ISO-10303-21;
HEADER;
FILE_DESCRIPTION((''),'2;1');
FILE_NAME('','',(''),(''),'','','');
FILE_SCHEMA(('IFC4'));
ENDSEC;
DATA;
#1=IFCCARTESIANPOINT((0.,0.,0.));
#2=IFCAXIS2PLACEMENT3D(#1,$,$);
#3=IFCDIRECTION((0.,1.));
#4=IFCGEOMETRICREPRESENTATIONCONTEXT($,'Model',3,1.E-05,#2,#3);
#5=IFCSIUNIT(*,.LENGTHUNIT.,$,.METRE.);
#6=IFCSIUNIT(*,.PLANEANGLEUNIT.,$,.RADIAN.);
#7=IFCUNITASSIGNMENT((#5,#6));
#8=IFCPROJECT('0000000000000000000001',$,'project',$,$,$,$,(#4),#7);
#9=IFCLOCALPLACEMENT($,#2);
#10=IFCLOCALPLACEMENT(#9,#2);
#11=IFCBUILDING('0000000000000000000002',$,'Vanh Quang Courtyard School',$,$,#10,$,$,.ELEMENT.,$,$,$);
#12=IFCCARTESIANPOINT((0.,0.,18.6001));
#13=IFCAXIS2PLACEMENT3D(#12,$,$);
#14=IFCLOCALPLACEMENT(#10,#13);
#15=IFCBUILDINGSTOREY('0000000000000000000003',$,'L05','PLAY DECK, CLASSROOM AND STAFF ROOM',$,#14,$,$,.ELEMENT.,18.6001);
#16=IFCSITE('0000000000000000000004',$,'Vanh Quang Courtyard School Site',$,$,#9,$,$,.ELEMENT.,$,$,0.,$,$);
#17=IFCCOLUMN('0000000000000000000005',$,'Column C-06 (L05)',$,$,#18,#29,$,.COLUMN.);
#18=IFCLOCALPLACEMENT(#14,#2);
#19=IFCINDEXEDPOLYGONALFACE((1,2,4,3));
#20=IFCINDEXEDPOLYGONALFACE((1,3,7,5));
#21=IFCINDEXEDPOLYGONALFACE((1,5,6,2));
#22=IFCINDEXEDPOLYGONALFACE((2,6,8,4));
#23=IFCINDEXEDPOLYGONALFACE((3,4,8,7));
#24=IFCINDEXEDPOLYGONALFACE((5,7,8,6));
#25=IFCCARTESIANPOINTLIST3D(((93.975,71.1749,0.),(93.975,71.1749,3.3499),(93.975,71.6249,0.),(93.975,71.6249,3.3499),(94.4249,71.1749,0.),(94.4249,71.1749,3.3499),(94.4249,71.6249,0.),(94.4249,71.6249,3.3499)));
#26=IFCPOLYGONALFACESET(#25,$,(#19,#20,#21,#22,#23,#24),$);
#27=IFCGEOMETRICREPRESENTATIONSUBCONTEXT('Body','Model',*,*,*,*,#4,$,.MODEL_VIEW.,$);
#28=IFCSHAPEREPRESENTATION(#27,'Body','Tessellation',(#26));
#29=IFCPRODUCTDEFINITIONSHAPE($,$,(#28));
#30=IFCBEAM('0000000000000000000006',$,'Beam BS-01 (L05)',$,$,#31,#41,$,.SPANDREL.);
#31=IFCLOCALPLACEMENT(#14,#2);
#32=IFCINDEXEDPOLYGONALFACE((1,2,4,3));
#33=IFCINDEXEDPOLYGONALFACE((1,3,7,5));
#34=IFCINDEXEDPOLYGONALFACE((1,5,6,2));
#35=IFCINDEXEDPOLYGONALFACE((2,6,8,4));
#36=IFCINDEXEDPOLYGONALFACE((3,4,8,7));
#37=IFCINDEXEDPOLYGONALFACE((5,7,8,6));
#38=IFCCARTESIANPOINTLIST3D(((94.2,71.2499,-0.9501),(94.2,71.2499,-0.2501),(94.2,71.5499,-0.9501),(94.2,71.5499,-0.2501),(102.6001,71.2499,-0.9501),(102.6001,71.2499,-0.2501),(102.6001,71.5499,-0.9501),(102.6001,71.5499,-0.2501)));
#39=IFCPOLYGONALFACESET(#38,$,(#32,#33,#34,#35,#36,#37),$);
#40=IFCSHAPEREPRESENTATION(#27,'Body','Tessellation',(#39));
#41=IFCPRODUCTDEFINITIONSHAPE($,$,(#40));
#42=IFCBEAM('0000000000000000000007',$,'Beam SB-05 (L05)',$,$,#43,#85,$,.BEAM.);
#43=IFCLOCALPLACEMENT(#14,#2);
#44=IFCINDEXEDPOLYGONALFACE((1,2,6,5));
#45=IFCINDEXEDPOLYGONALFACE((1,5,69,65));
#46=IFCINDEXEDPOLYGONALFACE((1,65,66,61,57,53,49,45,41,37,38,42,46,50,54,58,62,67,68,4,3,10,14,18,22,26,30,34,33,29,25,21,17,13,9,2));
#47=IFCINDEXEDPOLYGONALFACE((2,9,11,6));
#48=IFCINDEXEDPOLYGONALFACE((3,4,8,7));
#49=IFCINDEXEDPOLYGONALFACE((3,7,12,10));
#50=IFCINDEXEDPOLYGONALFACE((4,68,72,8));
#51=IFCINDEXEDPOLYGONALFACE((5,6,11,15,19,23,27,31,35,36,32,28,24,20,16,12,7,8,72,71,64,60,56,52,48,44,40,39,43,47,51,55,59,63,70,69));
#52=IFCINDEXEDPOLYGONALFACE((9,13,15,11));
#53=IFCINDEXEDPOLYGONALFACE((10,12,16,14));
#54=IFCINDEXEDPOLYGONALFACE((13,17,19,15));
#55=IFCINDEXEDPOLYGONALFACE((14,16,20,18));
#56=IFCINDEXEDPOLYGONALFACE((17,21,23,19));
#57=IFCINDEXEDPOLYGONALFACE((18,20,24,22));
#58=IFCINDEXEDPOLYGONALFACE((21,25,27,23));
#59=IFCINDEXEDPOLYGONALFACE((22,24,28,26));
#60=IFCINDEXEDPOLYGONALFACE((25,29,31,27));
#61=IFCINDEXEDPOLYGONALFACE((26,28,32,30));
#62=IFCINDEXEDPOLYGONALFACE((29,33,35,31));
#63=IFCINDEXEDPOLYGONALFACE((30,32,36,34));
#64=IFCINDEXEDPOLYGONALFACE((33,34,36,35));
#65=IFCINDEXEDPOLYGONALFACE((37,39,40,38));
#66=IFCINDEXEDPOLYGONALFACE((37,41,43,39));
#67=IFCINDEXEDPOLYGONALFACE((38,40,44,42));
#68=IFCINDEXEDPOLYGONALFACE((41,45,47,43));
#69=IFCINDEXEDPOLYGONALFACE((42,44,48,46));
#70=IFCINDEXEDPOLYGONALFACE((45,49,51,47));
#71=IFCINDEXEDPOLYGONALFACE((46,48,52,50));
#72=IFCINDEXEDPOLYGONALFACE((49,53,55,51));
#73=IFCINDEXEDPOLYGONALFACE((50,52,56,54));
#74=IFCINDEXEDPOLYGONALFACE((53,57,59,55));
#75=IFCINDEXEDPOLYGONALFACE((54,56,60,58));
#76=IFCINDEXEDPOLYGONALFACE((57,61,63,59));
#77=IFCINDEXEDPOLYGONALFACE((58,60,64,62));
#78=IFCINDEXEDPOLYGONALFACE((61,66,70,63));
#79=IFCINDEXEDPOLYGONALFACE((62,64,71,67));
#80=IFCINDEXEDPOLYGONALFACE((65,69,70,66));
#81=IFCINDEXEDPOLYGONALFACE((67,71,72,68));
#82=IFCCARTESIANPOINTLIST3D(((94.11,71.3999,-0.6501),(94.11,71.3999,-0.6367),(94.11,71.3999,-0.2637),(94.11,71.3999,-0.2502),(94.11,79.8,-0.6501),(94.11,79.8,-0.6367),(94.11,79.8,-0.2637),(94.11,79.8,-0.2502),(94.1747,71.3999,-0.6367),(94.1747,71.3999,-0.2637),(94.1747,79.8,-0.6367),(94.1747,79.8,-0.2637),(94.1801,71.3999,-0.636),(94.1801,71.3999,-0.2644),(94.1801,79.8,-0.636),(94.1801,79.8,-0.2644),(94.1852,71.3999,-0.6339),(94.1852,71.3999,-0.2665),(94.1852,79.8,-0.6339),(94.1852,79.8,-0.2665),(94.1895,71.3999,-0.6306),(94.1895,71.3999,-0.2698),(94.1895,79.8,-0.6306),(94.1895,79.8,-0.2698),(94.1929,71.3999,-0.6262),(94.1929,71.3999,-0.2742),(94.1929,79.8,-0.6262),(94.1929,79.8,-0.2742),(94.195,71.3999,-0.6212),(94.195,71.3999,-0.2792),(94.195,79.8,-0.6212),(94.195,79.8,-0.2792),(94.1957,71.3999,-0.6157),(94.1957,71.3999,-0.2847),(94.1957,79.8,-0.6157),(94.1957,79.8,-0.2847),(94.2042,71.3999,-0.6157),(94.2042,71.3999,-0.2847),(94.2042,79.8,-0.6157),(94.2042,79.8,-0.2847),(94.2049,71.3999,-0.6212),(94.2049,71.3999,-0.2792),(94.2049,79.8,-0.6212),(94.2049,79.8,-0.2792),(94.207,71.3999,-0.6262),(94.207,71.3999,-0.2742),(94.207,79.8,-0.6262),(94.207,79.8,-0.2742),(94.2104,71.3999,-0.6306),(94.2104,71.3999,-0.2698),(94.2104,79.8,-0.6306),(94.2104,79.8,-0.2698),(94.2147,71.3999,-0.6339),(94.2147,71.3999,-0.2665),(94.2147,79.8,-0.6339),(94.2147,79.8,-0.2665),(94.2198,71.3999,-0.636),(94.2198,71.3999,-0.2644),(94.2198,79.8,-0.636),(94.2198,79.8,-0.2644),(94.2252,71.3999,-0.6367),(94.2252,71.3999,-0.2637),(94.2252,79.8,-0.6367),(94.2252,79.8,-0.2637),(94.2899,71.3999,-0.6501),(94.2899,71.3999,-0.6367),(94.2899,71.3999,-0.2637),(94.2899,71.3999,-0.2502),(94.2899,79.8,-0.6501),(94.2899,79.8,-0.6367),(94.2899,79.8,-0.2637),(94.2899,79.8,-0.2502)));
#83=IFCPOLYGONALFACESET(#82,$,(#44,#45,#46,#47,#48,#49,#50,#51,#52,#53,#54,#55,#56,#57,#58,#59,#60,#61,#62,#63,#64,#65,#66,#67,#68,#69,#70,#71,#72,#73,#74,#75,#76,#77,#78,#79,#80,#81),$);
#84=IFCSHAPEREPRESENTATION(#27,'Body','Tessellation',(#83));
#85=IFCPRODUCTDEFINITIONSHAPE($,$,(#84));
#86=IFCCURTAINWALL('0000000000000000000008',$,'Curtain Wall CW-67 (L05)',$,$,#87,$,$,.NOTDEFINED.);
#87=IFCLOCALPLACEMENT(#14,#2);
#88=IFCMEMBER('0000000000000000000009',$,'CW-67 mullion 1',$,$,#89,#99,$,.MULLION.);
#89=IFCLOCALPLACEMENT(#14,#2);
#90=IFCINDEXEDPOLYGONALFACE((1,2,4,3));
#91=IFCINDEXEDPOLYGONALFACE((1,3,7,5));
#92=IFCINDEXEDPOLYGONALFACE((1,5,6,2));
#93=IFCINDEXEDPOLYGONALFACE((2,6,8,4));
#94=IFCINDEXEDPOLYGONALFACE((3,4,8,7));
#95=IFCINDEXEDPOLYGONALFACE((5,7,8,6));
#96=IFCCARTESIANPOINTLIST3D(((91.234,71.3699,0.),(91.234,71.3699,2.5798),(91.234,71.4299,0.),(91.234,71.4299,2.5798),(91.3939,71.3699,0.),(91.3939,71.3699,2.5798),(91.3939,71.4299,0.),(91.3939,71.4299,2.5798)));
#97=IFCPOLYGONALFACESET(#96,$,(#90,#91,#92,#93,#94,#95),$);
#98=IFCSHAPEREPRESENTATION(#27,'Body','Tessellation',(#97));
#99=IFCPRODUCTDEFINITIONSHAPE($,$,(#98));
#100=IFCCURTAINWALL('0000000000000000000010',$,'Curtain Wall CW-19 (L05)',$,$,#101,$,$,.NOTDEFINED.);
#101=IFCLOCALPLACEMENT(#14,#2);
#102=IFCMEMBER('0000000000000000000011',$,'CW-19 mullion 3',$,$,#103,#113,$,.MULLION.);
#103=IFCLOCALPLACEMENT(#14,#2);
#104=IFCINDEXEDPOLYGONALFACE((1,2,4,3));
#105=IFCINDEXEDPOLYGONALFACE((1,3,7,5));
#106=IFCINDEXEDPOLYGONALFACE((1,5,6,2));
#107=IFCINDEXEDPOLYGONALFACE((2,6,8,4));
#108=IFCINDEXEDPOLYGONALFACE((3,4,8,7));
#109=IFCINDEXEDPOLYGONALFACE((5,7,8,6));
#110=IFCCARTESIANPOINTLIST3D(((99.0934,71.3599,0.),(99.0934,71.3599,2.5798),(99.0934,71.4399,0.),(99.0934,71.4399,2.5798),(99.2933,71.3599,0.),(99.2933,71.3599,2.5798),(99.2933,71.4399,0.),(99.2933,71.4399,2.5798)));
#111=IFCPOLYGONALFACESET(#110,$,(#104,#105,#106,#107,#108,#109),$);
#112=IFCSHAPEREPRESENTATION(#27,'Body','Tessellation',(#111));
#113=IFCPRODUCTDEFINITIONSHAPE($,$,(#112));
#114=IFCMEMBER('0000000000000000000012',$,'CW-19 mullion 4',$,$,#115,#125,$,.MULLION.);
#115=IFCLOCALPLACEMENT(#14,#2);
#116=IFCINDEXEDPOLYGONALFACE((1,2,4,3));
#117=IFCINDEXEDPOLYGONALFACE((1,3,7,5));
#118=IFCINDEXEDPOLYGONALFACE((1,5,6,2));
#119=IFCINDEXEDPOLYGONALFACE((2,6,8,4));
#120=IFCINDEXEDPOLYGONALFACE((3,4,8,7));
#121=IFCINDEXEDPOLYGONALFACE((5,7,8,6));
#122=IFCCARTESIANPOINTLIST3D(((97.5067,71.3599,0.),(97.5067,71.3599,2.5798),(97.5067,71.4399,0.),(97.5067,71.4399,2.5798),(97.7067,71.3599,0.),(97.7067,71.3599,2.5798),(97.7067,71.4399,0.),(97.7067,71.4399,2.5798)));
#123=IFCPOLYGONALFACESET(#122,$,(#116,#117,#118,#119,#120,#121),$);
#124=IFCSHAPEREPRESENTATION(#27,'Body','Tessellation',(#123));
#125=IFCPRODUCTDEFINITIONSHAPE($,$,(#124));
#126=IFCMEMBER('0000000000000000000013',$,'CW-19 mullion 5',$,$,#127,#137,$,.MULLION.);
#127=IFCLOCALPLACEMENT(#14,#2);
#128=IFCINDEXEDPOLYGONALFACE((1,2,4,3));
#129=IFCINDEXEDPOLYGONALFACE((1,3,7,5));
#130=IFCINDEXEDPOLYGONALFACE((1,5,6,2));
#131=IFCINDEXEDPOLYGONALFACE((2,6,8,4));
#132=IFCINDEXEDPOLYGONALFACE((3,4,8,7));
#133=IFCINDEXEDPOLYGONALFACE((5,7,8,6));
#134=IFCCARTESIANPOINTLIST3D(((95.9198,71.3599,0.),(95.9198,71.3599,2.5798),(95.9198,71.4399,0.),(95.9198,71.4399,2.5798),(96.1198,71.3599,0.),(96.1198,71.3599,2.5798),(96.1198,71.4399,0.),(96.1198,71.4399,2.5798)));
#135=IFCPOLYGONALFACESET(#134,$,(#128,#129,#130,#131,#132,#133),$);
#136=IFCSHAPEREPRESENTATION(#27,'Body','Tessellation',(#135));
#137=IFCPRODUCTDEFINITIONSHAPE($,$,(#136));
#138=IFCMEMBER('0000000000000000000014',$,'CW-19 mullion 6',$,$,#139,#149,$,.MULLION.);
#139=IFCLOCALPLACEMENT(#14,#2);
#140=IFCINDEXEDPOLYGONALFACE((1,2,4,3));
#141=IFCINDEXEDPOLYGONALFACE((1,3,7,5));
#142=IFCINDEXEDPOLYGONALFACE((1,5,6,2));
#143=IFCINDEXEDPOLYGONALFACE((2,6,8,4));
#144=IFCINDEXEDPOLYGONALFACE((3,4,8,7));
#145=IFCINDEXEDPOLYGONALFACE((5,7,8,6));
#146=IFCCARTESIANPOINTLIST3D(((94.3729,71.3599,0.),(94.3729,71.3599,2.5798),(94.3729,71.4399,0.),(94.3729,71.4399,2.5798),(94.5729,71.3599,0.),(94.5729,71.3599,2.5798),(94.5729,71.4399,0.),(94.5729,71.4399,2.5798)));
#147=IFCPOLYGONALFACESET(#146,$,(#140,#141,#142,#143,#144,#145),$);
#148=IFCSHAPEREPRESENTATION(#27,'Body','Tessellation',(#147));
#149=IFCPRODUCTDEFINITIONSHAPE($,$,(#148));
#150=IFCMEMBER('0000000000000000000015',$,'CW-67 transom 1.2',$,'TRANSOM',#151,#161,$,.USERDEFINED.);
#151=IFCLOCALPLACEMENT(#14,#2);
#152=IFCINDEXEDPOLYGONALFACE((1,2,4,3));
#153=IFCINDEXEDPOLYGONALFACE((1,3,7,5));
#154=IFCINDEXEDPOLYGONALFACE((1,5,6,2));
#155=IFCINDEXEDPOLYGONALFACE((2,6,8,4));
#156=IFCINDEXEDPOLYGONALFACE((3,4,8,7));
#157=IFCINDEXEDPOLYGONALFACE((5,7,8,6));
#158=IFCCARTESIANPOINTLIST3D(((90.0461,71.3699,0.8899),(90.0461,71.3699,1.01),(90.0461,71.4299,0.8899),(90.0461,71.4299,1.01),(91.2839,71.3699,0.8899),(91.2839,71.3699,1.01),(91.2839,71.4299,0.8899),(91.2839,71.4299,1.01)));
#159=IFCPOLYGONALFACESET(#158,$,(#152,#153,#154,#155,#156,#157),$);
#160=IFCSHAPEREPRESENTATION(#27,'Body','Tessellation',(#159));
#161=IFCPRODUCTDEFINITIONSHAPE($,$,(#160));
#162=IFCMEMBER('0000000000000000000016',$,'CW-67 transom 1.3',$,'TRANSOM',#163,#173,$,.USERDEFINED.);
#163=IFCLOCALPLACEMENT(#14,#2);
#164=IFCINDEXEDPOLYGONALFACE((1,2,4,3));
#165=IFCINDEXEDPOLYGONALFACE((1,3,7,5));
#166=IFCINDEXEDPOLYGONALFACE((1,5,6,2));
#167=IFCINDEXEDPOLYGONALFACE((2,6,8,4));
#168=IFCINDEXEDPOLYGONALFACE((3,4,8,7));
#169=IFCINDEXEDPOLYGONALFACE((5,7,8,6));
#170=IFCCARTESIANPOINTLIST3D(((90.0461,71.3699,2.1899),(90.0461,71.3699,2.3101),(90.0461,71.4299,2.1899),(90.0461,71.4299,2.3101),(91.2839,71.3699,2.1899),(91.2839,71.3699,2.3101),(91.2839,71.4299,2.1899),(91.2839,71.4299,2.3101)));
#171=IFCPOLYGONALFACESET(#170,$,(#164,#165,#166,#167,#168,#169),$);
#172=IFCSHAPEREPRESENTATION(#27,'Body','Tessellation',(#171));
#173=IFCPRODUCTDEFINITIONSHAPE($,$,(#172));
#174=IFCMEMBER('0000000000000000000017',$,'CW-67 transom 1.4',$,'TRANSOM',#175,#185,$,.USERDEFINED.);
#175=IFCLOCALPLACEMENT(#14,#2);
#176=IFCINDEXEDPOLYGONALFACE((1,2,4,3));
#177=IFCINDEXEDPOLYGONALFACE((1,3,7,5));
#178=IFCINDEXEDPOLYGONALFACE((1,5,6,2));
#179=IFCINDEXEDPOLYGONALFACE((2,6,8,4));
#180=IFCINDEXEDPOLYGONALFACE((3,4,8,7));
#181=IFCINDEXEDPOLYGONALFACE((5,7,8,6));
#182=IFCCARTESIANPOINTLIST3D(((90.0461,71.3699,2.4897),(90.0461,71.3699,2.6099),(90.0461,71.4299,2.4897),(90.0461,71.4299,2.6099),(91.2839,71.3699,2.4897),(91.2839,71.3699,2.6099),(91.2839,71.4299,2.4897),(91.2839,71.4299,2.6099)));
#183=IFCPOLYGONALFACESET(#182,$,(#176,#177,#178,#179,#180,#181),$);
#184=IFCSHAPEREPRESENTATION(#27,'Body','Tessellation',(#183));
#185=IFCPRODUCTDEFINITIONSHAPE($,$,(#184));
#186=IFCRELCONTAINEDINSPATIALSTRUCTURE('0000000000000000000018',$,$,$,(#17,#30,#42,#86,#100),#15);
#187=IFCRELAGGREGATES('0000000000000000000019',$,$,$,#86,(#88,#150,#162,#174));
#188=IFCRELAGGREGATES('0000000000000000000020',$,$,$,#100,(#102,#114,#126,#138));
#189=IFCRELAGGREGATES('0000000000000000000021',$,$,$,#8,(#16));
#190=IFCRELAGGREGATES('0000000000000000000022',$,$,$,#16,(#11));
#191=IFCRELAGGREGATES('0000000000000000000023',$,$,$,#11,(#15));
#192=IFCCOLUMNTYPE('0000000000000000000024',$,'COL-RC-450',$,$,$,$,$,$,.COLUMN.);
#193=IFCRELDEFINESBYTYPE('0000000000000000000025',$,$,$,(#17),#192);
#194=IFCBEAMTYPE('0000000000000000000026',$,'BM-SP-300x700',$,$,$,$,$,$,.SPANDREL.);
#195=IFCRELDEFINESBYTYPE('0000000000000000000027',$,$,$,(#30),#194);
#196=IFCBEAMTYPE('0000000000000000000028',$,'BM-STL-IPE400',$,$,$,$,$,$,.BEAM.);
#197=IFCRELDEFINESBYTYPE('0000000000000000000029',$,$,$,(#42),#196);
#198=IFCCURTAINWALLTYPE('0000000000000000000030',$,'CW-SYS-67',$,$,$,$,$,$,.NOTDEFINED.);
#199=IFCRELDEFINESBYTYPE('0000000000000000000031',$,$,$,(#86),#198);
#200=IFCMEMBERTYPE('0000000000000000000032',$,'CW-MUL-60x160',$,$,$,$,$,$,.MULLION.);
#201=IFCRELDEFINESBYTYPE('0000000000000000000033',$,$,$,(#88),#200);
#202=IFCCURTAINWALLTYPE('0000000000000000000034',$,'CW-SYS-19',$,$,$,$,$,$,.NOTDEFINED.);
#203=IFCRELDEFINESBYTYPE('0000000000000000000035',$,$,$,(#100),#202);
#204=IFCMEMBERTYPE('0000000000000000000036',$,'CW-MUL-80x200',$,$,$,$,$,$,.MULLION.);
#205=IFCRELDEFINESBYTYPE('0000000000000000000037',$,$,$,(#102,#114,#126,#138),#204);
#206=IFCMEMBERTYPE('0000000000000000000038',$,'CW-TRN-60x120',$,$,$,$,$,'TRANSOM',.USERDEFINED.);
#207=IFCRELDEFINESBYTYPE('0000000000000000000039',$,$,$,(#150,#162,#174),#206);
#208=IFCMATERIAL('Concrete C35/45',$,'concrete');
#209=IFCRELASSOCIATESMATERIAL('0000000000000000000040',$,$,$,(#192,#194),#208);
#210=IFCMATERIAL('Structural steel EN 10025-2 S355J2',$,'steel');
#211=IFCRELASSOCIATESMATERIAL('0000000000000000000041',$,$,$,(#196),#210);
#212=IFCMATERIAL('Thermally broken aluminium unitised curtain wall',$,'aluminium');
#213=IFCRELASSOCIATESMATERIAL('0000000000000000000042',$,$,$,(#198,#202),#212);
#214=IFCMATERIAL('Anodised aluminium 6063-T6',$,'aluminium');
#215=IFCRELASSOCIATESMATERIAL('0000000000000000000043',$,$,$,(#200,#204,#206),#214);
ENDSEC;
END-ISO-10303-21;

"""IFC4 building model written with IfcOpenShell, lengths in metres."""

from ifc_helpers import new_model, si_unit, direction, frame, origin, origin_2d, place, context, subcontext, project, spatial, rectangle, i_section, extrude, material, material_profile, profile_set, type_object, element, aggregate, save


model = new_model("IFC4")

# Units and contexts
model_context = context("Model", 3, precision=1e-05, world=origin(), true_north=direction((0.0, 1.0)))
body_context = subcontext(model_context, "Body", "Model", "MODEL_VIEW")
ifc_project = project(units=[si_unit("LENGTHUNIT", "METRE"), si_unit("PLANEANGLEUNIT", "RADIAN")], contexts=[model_context])

# Site, building, storey
site_placement = place(None, origin())
site = spatial("IfcSite", under=ifc_project, at=site_placement, Name="Vanh Quang Courtyard School Site", CompositionType="ELEMENT", RefElevation=0.0)
building_placement = place(site_placement, origin())
building = spatial("IfcBuilding", under=site, at=building_placement, Name="Vanh Quang Courtyard School", CompositionType="ELEMENT")
storey_placement = place(building_placement, frame((0.0, 0.0, 18.6001)))
storey = spatial("IfcBuildingStorey", under=building, at=storey_placement, Name="L05", Description="PLAY DECK, CLASSROOM AND STAFF ROOM", CompositionType="ELEMENT", Elevation=18.6001)

# Column
ifc_material_1 = material(Name="Concrete C35/45", Category="concrete")
ifc_material_profile_1 = material_profile(ifc_material_1, rectangle(XDim=0.45, YDim=0.45, at=origin_2d()), Name="RC-COL 450x450")
ifc_profile_set_1 = profile_set([ifc_material_profile_1], Name="Concrete C35/45")
column_type = type_object("IfcColumnType", Name="COL-RC-450", PredefinedType="COLUMN", material=ifc_profile_set_1)
column_placement = place(storey_placement, frame((94.2, 71.3999, 0.0), z_axis=(0.0, 0.0, 1.0), x_axis=(1.0, 0.0, 0.0)))
element("IfcColumn", 1, at=column_placement, inside=storey, type_object=column_type, Name="Column C-06 (L05)", PredefinedType="COLUMN", context=body_context, shape_type="SweptSolid", body=[
    extrude(rectangle(XDim=0.45, YDim=0.45, at=origin_2d()), origin(), (0.0, 0.0, 1.0), 3.3499),
])

# Beams
ifc_material_profile_2 = material_profile(ifc_material_1, rectangle(XDim=0.3, YDim=0.7, at=origin_2d()), Name="RC-SP 300x700")
ifc_profile_set_2 = profile_set([ifc_material_profile_2], Name="Concrete C35/45")
beam_type_1 = type_object("IfcBeamType", Name="BM-SP-300x700", PredefinedType="SPANDREL", material=ifc_profile_set_2)
beam_1_placement = place(storey_placement, frame((94.2, 71.3999, -0.6001), z_axis=(1.0, 0.0, 0.0), x_axis=(0.0, 1.0, 0.0)))
element("IfcBeam", 2, at=beam_1_placement, inside=storey, type_object=beam_type_1, Name="Beam BS-01 (L05)", PredefinedType="SPANDREL", context=body_context, shape_type="SweptSolid", body=[
    extrude(rectangle(XDim=0.3, YDim=0.7, at=origin_2d()), origin(), (0.0, 0.0, 1.0), 8.4001),
])
ifc_material_2 = material(Name="Structural steel EN 10025-2 S355J2", Category="steel")
ifc_material_profile_3 = material_profile(ifc_material_2, i_section(OverallWidth=0.1799, OverallDepth=0.3999, WebThickness=0.0085, FlangeThickness=0.0134, FilletRadius=0.021, at=origin_2d()), Name="IPE 400")
ifc_profile_set_3 = profile_set([ifc_material_profile_3], Name="Structural steel EN 10025-2 S355J2")
beam_type_2 = type_object("IfcBeamType", Name="BM-STL-IPE400", PredefinedType="BEAM", material=ifc_profile_set_3)
beam_2_placement = place(storey_placement, frame((94.2, 71.3999, -0.4502), z_axis=(0.0, 1.0, 0.0), x_axis=(-1.0, 0.0, 0.0)))
element("IfcBeam", 3, at=beam_2_placement, inside=storey, type_object=beam_type_2, Name="Beam SB-05 (L05)", PredefinedType="BEAM", context=body_context, shape_type="SweptSolid", body=[
    extrude(i_section(OverallWidth=0.1799, OverallDepth=0.3999, WebThickness=0.0085, FlangeThickness=0.0134, FilletRadius=0.021, at=origin_2d()), origin(), (0.0, 0.0, 1.0), 8.4001),
])

# Curtain wall, member
ifc_material_3 = material(Name="Thermally broken aluminium unitised curtain wall", Category="aluminium")
curtain_wall_type_1 = type_object("IfcCurtainWallType", Name="CW-SYS-67", PredefinedType="NOTDEFINED", material=ifc_material_3)
curtain_wall_1_placement = place(storey_placement, origin())
curtain_wall_1 = element("IfcCurtainWall", 4, at=curtain_wall_1_placement, inside=storey, type_object=curtain_wall_type_1, Name="Curtain Wall CW-67 (L05)", PredefinedType="NOTDEFINED")
ifc_material_4 = material(Name="Anodised aluminium 6063-T6", Category="aluminium")
ifc_material_profile_4 = material_profile(ifc_material_4, rectangle(XDim=0.0601, YDim=0.1599, at=origin_2d()), Name="ALU-MUL 60x160")
ifc_profile_set_4 = profile_set([ifc_material_profile_4], Name="Anodised aluminium 6063-T6")
member_type_1 = type_object("IfcMemberType", Name="CW-MUL-60x160", PredefinedType="MULLION", material=ifc_profile_set_4)
member_1_placement = place(storey_placement, frame((91.314, 71.3999, 0.0), z_axis=(0.0, 0.0, 1.0), x_axis=(0.0, -1.0, 0.0)))
member_1 = element("IfcMember", 5, at=member_1_placement, type_object=member_type_1, Name="CW-67 mullion 1", PredefinedType="MULLION", context=body_context, shape_type="SweptSolid", body=[
    extrude(rectangle(XDim=0.0601, YDim=0.1599, at=origin_2d()), origin(), (0.0, 0.0, 1.0), 2.5798),
])

# Curtain wall, members
curtain_wall_type_2 = type_object("IfcCurtainWallType", Name="CW-SYS-19", PredefinedType="NOTDEFINED", material=ifc_material_3)
curtain_wall_2_placement = place(storey_placement, origin())
curtain_wall_2 = element("IfcCurtainWall", 6, at=curtain_wall_2_placement, inside=storey, type_object=curtain_wall_type_2, Name="Curtain Wall CW-19 (L05)", PredefinedType="NOTDEFINED")
ifc_material_profile_5 = material_profile(ifc_material_4, rectangle(XDim=0.0801, YDim=0.2, at=origin_2d()), Name="ALU-MUL 80x200")
ifc_profile_set_5 = profile_set([ifc_material_profile_5], Name="Anodised aluminium 6063-T6")
member_type_2 = type_object("IfcMemberType", Name="CW-MUL-80x200", PredefinedType="MULLION", material=ifc_profile_set_5)
member_2_placement = place(storey_placement, frame((99.1934, 71.3999, 0.0), z_axis=(0.0, 0.0, 1.0), x_axis=(0.0, -1.0, 0.0)))
member_2 = element("IfcMember", 7, at=member_2_placement, type_object=member_type_2, Name="CW-19 mullion 3", PredefinedType="MULLION", context=body_context, shape_type="SweptSolid", body=[
    extrude(rectangle(XDim=0.0801, YDim=0.2, at=origin_2d()), origin(), (0.0, 0.0, 1.0), 2.5798),
])
member_3_placement = place(storey_placement, frame((97.6067, 71.3999, 0.0), z_axis=(0.0, 0.0, 1.0), x_axis=(0.0, -1.0, 0.0)))
member_3 = element("IfcMember", 8, at=member_3_placement, type_object=member_type_2, Name="CW-19 mullion 4", PredefinedType="MULLION", context=body_context, shape_type="SweptSolid", body=[
    extrude(rectangle(XDim=0.0801, YDim=0.2, at=origin_2d()), origin(), (0.0, 0.0, 1.0), 2.5798),
])
member_4_placement = place(storey_placement, frame((96.0198, 71.3999, 0.0), z_axis=(0.0, 0.0, 1.0), x_axis=(0.0, -1.0, 0.0)))
member_4 = element("IfcMember", 9, at=member_4_placement, type_object=member_type_2, Name="CW-19 mullion 5", PredefinedType="MULLION", context=body_context, shape_type="SweptSolid", body=[
    extrude(rectangle(XDim=0.0801, YDim=0.2, at=origin_2d()), origin(), (0.0, 0.0, 1.0), 2.5798),
])
member_5_placement = place(storey_placement, frame((94.4729, 71.3999, 0.0), z_axis=(0.0, 0.0, 1.0), x_axis=(0.0, -1.0, 0.0)))
member_5 = element("IfcMember", 10, at=member_5_placement, type_object=member_type_2, Name="CW-19 mullion 6", PredefinedType="MULLION", context=body_context, shape_type="SweptSolid", body=[
    extrude(rectangle(XDim=0.0801, YDim=0.2, at=origin_2d()), origin(), (0.0, 0.0, 1.0), 2.5798),
])

# Members
ifc_material_profile_6 = material_profile(ifc_material_4, rectangle(XDim=0.0601, YDim=0.1201, at=origin_2d()), Name="ALU-TRN 60x120")
ifc_profile_set_6 = profile_set([ifc_material_profile_6], Name="Anodised aluminium 6063-T6")
member_type_3 = type_object("IfcMemberType", Name="CW-TRN-60x120", ElementType="TRANSOM", PredefinedType="USERDEFINED", material=ifc_profile_set_6)
member_6_placement = place(storey_placement, frame((91.2839, 71.3999, 0.95), z_axis=(-1.0, 0.0, 0.0), x_axis=(0.0, -1.0, 0.0)))
member_6 = element("IfcMember", 11, at=member_6_placement, type_object=member_type_3, Name="CW-67 transom 1.2", ObjectType="TRANSOM", PredefinedType="USERDEFINED", context=body_context, shape_type="SweptSolid", body=[
    extrude(rectangle(XDim=0.0601, YDim=0.1201, at=origin_2d()), origin(), (0.0, 0.0, 1.0), 1.2378),
])
member_7_placement = place(storey_placement, frame((91.2839, 71.3999, 2.25), z_axis=(-1.0, 0.0, 0.0), x_axis=(0.0, -1.0, 0.0)))
member_7 = element("IfcMember", 12, at=member_7_placement, type_object=member_type_3, Name="CW-67 transom 1.3", ObjectType="TRANSOM", PredefinedType="USERDEFINED", context=body_context, shape_type="SweptSolid", body=[
    extrude(rectangle(XDim=0.0601, YDim=0.1201, at=origin_2d()), origin(), (0.0, 0.0, 1.0), 1.2378),
])
member_8_placement = place(storey_placement, frame((91.2839, 71.3999, 2.5498), z_axis=(-1.0, 0.0, 0.0), x_axis=(0.0, -1.0, 0.0)))
member_8 = element("IfcMember", 13, at=member_8_placement, type_object=member_type_3, Name="CW-67 transom 1.4", ObjectType="TRANSOM", PredefinedType="USERDEFINED", context=body_context, shape_type="SweptSolid", body=[
    extrude(rectangle(XDim=0.0601, YDim=0.1201, at=origin_2d()), origin(), (0.0, 0.0, 1.0), 1.2378),
])
aggregate(curtain_wall_1, [member_1, member_6, member_7, member_8])

aggregate(curtain_wall_2, [member_2, member_3, member_4, member_5])

save(model, "model.ifc")
